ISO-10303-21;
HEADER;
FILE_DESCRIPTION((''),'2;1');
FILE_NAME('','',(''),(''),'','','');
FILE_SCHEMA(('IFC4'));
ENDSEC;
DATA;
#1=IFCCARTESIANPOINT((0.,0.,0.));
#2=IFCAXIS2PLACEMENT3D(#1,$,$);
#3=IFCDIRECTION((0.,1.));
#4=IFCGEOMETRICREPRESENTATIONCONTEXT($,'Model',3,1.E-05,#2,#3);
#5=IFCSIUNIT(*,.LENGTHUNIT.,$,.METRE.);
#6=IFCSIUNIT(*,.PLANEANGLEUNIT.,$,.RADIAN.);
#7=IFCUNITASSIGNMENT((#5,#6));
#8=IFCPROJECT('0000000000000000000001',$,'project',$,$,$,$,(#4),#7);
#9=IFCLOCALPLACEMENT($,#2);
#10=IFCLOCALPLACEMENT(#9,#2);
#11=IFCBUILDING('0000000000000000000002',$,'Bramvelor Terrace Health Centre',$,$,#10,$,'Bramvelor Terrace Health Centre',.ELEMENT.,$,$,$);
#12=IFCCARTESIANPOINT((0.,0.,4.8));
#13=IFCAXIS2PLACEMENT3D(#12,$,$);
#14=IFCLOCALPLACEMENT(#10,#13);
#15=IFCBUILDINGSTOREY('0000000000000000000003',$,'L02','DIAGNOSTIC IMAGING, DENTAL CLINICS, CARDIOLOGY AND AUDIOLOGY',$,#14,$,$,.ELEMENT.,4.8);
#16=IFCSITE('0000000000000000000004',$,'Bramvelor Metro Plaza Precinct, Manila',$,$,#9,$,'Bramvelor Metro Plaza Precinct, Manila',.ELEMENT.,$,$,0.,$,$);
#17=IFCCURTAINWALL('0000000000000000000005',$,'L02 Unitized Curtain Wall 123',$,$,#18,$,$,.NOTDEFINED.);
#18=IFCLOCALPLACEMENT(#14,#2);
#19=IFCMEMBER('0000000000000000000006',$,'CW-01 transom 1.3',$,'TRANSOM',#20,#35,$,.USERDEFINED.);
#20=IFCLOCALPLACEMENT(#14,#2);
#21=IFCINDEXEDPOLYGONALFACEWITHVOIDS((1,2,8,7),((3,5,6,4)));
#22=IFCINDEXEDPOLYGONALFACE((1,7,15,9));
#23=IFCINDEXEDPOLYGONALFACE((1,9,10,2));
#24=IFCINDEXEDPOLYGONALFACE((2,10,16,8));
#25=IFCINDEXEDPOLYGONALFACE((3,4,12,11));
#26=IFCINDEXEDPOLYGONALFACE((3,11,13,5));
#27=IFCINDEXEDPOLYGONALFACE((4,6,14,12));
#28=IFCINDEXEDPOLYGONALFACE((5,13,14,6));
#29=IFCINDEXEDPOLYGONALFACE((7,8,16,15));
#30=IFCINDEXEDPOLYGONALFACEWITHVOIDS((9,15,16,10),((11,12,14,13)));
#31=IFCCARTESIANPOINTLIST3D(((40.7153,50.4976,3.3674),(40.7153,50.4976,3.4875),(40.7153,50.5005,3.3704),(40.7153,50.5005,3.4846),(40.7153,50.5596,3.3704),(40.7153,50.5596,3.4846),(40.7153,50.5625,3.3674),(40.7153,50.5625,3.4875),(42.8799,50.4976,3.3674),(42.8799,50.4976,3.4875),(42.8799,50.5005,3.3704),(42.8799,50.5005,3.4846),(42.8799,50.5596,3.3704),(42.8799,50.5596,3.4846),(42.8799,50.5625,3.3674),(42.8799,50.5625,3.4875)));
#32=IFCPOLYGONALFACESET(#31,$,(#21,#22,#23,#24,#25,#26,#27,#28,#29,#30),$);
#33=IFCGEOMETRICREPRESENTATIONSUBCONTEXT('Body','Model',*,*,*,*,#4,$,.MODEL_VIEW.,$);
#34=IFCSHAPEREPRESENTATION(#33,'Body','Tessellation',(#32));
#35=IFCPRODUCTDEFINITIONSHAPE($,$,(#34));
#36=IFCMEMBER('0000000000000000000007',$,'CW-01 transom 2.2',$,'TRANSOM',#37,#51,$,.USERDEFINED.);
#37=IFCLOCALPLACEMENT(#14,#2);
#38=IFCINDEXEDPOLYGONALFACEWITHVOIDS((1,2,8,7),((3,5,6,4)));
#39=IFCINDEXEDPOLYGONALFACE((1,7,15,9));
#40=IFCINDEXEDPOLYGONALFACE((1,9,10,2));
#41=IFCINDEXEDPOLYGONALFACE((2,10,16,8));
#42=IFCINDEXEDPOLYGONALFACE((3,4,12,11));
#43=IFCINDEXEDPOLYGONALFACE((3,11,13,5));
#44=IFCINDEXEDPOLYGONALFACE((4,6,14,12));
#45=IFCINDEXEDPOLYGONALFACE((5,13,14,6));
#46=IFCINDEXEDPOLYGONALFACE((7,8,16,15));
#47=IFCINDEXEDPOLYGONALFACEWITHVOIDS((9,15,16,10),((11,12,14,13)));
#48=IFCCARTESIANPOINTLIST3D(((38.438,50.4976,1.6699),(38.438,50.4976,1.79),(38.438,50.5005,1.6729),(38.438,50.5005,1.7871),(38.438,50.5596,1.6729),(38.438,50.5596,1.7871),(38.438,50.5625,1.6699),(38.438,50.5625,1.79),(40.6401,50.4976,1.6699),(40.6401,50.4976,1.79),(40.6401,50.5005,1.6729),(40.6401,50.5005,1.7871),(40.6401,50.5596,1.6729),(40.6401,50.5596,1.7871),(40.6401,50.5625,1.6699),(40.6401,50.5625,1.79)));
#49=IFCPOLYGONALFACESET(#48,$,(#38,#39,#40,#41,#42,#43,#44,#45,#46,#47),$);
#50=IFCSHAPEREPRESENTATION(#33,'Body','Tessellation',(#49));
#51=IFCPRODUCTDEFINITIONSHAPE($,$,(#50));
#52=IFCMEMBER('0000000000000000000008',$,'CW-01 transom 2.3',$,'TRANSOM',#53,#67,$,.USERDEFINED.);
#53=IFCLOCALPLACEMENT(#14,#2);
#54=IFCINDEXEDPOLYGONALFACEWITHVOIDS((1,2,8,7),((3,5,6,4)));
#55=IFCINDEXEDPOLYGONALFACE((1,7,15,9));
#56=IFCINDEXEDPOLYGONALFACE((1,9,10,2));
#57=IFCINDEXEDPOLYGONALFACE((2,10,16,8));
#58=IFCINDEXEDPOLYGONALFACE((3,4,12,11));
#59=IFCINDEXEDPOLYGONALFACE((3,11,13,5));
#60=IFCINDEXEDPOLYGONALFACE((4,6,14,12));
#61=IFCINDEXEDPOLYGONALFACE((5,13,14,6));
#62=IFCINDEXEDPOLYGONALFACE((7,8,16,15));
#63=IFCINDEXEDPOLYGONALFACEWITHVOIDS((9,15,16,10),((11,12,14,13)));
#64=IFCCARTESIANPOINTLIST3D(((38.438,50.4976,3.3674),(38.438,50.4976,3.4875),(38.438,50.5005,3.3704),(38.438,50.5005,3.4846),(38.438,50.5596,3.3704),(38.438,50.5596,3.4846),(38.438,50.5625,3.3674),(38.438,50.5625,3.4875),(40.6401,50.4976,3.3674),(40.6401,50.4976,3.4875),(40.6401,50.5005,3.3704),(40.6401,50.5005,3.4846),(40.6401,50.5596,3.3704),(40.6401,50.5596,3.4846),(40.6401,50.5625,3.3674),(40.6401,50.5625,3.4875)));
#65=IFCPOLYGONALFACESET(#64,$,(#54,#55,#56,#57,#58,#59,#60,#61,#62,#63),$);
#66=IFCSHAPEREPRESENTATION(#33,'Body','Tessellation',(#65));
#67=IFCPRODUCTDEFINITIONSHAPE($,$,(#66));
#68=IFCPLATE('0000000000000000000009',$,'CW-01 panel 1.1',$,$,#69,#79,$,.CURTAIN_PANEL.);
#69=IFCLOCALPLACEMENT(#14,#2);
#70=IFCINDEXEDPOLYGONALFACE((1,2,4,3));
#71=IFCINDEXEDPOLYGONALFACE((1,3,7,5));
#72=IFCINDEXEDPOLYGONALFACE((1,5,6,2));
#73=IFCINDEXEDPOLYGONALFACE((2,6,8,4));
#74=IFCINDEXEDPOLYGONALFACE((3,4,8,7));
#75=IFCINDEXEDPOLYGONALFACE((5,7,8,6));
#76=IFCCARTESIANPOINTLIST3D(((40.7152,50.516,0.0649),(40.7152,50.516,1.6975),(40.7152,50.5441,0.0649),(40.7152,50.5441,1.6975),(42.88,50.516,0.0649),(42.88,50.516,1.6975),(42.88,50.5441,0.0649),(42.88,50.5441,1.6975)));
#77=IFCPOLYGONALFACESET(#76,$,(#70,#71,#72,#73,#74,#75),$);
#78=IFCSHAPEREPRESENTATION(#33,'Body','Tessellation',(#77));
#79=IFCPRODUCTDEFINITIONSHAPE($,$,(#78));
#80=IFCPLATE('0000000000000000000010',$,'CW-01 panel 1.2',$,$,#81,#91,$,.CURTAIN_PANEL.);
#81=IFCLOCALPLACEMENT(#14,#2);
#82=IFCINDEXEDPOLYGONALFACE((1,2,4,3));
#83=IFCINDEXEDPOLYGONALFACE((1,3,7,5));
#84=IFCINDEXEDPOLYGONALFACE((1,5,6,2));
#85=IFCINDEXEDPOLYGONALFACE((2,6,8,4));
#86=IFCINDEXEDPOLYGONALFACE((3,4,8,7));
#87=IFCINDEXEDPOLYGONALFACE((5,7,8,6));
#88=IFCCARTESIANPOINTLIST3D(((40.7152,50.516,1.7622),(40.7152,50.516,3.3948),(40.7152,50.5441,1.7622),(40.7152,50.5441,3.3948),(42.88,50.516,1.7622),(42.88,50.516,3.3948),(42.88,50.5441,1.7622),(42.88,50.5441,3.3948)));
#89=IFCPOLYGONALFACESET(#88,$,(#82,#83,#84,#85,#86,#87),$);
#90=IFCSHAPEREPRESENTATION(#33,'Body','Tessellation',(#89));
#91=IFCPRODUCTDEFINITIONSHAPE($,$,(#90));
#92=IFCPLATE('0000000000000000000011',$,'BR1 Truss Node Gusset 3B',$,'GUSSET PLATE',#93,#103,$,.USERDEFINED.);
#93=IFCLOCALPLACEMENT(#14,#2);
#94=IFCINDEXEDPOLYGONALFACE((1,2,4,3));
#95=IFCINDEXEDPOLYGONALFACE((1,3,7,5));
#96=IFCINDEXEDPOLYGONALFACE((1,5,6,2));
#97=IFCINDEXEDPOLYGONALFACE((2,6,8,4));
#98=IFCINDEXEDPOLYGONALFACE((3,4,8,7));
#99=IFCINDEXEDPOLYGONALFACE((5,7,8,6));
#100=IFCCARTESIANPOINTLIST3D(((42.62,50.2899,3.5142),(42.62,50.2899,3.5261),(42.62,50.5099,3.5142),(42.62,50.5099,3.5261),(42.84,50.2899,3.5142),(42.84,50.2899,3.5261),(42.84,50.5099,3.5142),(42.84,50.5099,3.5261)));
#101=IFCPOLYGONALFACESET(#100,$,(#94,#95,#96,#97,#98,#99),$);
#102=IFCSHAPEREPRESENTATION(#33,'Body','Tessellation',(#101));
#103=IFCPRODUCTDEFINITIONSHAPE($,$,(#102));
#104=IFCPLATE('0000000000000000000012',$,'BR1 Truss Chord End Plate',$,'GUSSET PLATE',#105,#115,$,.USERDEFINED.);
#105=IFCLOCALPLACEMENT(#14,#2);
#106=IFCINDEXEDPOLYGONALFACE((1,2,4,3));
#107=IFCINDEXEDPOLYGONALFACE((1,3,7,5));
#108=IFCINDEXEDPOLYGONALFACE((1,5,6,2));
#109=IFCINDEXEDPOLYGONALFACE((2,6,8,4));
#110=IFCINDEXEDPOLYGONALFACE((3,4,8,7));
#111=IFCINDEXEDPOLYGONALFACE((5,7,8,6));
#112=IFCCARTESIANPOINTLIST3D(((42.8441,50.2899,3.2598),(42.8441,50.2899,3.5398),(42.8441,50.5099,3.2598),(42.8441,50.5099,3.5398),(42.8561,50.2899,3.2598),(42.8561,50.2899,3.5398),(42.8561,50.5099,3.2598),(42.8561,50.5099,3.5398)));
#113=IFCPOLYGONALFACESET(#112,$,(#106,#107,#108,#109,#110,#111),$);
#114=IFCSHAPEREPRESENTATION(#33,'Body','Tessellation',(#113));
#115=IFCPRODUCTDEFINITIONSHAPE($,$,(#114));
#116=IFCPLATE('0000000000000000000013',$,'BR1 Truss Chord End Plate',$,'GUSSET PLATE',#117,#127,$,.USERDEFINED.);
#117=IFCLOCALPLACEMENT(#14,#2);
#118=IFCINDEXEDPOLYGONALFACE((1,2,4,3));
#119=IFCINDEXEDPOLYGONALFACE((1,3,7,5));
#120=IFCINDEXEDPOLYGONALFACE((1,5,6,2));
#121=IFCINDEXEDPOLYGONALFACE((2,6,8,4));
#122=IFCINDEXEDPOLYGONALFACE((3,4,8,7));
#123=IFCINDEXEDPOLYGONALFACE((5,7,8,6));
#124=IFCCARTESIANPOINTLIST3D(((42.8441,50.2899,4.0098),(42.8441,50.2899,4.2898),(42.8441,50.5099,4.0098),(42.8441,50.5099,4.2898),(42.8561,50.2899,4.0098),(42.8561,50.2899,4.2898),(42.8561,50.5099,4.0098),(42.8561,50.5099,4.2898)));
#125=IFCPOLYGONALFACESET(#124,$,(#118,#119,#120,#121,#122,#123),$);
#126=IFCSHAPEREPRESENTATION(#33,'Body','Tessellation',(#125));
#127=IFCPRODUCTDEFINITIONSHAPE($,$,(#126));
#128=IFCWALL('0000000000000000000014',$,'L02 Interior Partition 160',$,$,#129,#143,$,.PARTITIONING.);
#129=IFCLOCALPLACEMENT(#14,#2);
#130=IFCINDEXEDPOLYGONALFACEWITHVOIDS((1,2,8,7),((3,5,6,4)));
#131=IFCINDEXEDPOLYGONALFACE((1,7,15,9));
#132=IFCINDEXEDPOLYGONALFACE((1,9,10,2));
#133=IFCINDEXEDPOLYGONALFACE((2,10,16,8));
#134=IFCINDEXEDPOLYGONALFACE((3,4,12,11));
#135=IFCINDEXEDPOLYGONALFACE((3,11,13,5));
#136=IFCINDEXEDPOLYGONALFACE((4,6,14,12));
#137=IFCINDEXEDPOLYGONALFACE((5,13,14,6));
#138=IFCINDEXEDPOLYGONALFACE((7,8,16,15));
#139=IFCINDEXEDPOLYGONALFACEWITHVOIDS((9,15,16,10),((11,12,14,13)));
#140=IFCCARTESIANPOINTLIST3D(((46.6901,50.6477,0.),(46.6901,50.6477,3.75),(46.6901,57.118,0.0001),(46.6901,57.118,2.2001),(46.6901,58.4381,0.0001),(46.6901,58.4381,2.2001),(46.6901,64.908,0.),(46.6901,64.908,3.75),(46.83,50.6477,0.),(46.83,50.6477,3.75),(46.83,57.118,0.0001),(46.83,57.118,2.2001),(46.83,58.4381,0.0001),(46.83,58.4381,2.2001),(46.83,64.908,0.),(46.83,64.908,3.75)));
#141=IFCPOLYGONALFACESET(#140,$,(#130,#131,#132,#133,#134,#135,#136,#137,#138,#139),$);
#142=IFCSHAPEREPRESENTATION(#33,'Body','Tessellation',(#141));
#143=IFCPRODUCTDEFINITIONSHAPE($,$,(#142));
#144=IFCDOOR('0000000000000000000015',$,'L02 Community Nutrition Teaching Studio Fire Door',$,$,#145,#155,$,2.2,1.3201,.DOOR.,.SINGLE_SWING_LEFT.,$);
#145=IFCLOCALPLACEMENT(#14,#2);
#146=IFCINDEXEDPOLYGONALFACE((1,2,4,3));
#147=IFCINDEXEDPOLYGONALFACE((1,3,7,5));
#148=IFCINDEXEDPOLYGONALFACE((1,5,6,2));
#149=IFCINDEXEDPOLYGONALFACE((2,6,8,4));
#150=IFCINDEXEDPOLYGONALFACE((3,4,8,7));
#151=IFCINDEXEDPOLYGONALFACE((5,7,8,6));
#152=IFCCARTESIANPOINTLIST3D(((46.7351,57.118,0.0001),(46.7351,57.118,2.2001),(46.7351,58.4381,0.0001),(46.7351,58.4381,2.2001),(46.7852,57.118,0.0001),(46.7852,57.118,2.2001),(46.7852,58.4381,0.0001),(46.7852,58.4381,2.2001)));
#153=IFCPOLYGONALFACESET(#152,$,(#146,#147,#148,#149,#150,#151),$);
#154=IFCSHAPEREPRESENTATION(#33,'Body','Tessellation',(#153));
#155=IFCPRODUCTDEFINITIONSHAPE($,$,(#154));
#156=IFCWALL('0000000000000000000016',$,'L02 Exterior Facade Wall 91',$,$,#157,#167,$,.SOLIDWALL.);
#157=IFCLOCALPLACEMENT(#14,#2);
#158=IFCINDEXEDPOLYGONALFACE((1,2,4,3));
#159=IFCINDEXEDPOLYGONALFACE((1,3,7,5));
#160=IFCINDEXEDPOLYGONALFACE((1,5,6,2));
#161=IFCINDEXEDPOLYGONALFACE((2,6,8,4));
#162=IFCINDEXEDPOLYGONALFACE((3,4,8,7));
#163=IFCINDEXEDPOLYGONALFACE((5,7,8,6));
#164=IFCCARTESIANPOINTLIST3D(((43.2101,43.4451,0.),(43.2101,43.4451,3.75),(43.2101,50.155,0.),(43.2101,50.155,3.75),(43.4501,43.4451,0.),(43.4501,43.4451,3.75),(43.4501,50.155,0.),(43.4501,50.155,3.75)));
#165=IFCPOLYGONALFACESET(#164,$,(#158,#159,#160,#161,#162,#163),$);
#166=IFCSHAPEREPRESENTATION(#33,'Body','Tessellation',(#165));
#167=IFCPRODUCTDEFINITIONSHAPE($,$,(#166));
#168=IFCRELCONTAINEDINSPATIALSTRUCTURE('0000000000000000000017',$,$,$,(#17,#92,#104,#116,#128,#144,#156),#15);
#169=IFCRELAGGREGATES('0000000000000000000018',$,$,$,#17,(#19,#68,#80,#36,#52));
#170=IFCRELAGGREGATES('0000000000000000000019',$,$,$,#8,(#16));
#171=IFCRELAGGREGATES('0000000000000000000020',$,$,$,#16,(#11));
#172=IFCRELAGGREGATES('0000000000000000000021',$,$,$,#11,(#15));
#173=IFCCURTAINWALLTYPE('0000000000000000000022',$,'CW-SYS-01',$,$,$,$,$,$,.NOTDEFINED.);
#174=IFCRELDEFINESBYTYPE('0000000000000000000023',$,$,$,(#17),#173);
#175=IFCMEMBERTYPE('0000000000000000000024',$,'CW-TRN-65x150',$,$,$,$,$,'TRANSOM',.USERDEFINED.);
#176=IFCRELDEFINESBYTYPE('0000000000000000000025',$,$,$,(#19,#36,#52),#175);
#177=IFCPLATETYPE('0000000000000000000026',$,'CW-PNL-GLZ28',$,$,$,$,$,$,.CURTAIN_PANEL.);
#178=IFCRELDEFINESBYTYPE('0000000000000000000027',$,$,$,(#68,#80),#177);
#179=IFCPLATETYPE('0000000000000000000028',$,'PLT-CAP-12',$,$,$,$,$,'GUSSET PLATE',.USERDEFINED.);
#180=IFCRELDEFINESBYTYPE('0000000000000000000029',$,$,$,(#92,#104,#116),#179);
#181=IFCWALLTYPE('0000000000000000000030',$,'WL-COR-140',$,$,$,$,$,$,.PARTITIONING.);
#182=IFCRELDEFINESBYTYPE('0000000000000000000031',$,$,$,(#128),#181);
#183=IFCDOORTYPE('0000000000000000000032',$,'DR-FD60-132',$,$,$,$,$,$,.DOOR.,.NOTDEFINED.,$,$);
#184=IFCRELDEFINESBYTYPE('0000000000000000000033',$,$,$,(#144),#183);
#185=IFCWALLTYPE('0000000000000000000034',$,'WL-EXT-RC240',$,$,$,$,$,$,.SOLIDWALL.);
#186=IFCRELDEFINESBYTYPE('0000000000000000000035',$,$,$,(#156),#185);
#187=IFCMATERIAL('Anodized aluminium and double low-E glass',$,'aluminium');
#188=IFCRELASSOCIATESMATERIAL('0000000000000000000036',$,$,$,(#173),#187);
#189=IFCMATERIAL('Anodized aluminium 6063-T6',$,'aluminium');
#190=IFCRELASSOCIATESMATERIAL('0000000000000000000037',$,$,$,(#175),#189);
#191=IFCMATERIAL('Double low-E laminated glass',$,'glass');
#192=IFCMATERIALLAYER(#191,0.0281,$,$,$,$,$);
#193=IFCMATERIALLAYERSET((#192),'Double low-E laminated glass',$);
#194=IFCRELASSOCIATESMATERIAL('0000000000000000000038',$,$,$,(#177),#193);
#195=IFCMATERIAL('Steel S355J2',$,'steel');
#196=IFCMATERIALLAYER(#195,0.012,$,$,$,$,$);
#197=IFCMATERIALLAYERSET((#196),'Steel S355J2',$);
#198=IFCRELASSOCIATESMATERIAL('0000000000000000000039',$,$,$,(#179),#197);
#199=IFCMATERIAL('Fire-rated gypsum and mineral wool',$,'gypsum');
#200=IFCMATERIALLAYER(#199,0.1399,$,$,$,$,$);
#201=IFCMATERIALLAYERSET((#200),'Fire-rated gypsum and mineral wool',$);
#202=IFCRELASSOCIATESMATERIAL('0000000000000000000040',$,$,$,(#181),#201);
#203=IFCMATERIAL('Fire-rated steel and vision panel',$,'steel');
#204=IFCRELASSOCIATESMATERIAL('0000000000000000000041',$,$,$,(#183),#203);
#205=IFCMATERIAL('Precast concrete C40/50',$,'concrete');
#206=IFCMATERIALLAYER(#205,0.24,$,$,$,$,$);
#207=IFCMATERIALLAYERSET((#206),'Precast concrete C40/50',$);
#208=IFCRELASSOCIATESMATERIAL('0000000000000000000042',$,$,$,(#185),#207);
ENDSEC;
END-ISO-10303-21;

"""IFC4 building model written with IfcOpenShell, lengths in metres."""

from ifc_helpers import new_model, si_unit, direction, frame, frame_2d, origin, origin_2d, place, context, subcontext, project, spatial, rectangle, hollow_rectangle, extrude, material, layer, layer_set, material_profile, profile_set, type_object, element, fill, aggregate, save


model = new_model("IFC4")

# Units and contexts
model_context = context("Model", 3, precision=1e-05, world=origin(), true_north=direction((0.0, 1.0)))
body_context = subcontext(model_context, "Body", "Model", "MODEL_VIEW")
ifc_project = project(units=[si_unit("LENGTHUNIT", "METRE"), si_unit("PLANEANGLEUNIT", "RADIAN")], contexts=[model_context])

# Site, building, storey
site_placement = place(None, origin())
site = spatial("IfcSite", under=ifc_project, at=site_placement, Name="Bramvelor Metro Plaza Precinct, Manila", LongName="Bramvelor Metro Plaza Precinct, Manila", CompositionType="ELEMENT", RefElevation=0.0)
building_placement = place(site_placement, origin())
building = spatial("IfcBuilding", under=site, at=building_placement, Name="Bramvelor Terrace Health Centre", LongName="Bramvelor Terrace Health Centre", CompositionType="ELEMENT")
storey_placement = place(building_placement, frame((0.0, 0.0, 4.8)))
storey = spatial("IfcBuildingStorey", under=building, at=storey_placement, Name="L02", Description="DIAGNOSTIC IMAGING, DENTAL CLINICS, CARDIOLOGY AND AUDIOLOGY", CompositionType="ELEMENT", Elevation=4.8)

# Curtain wall, members, plates
ifc_material_1 = material(Name="Anodized aluminium and double low-E glass", Category="aluminium")
curtain_wall_type = type_object("IfcCurtainWallType", Name="CW-SYS-01", PredefinedType="NOTDEFINED", material=ifc_material_1)
curtain_wall_placement = place(storey_placement, origin())
curtain_wall = element("IfcCurtainWall", 1, at=curtain_wall_placement, inside=storey, type_object=curtain_wall_type, Name="L02 Unitized Curtain Wall 123", PredefinedType="NOTDEFINED")
ifc_material_2 = material(Name="Anodized aluminium 6063-T6", Category="aluminium")
ifc_material_profile_1 = material_profile(ifc_material_2, hollow_rectangle(XDim=0.0649, YDim=0.1201, WallThickness=0.0029, at=origin_2d()), Name="ALU-TRN 65x120x3.0")
ifc_profile_set_1 = profile_set([ifc_material_profile_1], Name="Anodized aluminium 6063-T6")
member_type_1 = type_object("IfcMemberType", Name="CW-TRN-65x150", ElementType="TRANSOM", PredefinedType="USERDEFINED", material=ifc_profile_set_1)
member_1_placement = place(storey_placement, frame((42.8799, 50.53, 3.4275), z_axis=(-1.0, 0.0, 0.0), x_axis=(0.0, -1.0, 0.0)))
member_1 = element("IfcMember", 2, at=member_1_placement, type_object=member_type_1, Name="CW-01 transom 1.3", ObjectType="TRANSOM", PredefinedType="USERDEFINED", context=body_context, shape_type="SweptSolid", body=[
    extrude(hollow_rectangle(XDim=0.0649, YDim=0.1201, WallThickness=0.0029, at=origin_2d()), origin(), (0.0, 0.0, 1.0), 2.1646),
])
member_2_placement = place(storey_placement, frame((40.6401, 50.53, 1.73), z_axis=(-1.0, 0.0, 0.0), x_axis=(0.0, -1.0, 0.0)))
member_2 = element("IfcMember", 3, at=member_2_placement, type_object=member_type_1, Name="CW-01 transom 2.2", ObjectType="TRANSOM", PredefinedType="USERDEFINED", context=body_context, shape_type="SweptSolid", body=[
    extrude(hollow_rectangle(XDim=0.0649, YDim=0.1201, WallThickness=0.0029, at=origin_2d()), origin(), (0.0, 0.0, 1.0), 2.2021),
])
member_3_placement = place(storey_placement, frame((40.6401, 50.53, 3.4275), z_axis=(-1.0, 0.0, 0.0), x_axis=(0.0, -1.0, 0.0)))
member_3 = element("IfcMember", 4, at=member_3_placement, type_object=member_type_1, Name="CW-01 transom 2.3", ObjectType="TRANSOM", PredefinedType="USERDEFINED", context=body_context, shape_type="SweptSolid", body=[
    extrude(hollow_rectangle(XDim=0.0649, YDim=0.1201, WallThickness=0.0029, at=origin_2d()), origin(), (0.0, 0.0, 1.0), 2.2021),
])
ifc_material_3 = material(Name="Double low-E laminated glass", Category="glass")
ifc_layer_1 = layer(ifc_material_3, 0.0281)
ifc_layer_set_1 = layer_set([ifc_layer_1], Name="Double low-E laminated glass")
plate_type_1 = type_object("IfcPlateType", Name="CW-PNL-GLZ28", PredefinedType="CURTAIN_PANEL", material=ifc_layer_set_1)
plate_1_placement = place(storey_placement, frame((41.7976, 50.53, 0.0649), z_axis=(0.0, 0.0, 1.0), x_axis=(-1.0, 0.0, 0.0)))
plate_1 = element("IfcPlate", 5, at=plate_1_placement, type_object=plate_type_1, Name="CW-01 panel 1.1", PredefinedType="CURTAIN_PANEL", context=body_context, shape_type="SweptSolid", body=[
    extrude(rectangle(XDim=2.1648, YDim=0.0281, at=origin_2d()), origin(), (0.0, 0.0, 1.0), 1.6326),
])
plate_2_placement = place(storey_placement, frame((41.7976, 50.53, 1.7622), z_axis=(0.0, 0.0, 1.0), x_axis=(-1.0, 0.0, 0.0)))
plate_2 = element("IfcPlate", 6, at=plate_2_placement, type_object=plate_type_1, Name="CW-01 panel 1.2", PredefinedType="CURTAIN_PANEL", context=body_context, shape_type="SweptSolid", body=[
    extrude(rectangle(XDim=2.1648, YDim=0.0281, at=origin_2d()), origin(), (0.0, 0.0, 1.0), 1.6326),
])
aggregate(curtain_wall, [member_1, plate_1, plate_2, member_2, member_3])

# Plates
ifc_material_4 = material(Name="Steel S355J2", Category="steel")
ifc_layer_2 = layer(ifc_material_4, 0.012)
ifc_layer_set_2 = layer_set([ifc_layer_2], Name="Steel S355J2")
plate_type_2 = type_object("IfcPlateType", Name="PLT-CAP-12", ElementType="GUSSET PLATE", PredefinedType="USERDEFINED", material=ifc_layer_set_2)
plate_3_placement = place(storey_placement, frame((42.73, 50.3999, 3.5142), z_axis=(0.0, 0.0, 1.0), x_axis=(1.0, 0.0, 0.0)))
element("IfcPlate", 7, at=plate_3_placement, inside=storey, type_object=plate_type_2, Name="BR1 Truss Node Gusset 3B", ObjectType="GUSSET PLATE", PredefinedType="USERDEFINED", context=body_context, shape_type="SweptSolid", body=[
    extrude(rectangle(XDim=0.22, YDim=0.22, at=origin_2d()), origin(), (0.0, 0.0, 1.0), 0.012),
])
for number, where, z_axis, x_axis, name in (
    (8, (42.8501, 50.3999, 3.2598), (0.0, 0.0, 1.0), (1.0, 0.0, 0.0), "BR1 Truss Chord End Plate"),
    (9, (42.8501, 50.3999, 4.0098), (0.0, 0.0, 1.0), (1.0, 0.0, 0.0), "BR1 Truss Chord End Plate"),
):
    element("IfcPlate", number, at=place(storey_placement, frame(where, z_axis=z_axis, x_axis=x_axis)), inside=storey, type_object=plate_type_2, Name=name, ObjectType="GUSSET PLATE", PredefinedType="USERDEFINED", context=body_context, shape_type="SweptSolid", body=[
        extrude(rectangle(XDim=0.012, YDim=0.22, at=origin_2d()), origin(), (0.0, 0.0, 1.0), 0.28),
    ])

# Wall, opening, door
ifc_material_5 = material(Name="Fire-rated gypsum and mineral wool", Category="gypsum")
ifc_layer_3 = layer(ifc_material_5, 0.1399)
ifc_layer_set_3 = layer_set([ifc_layer_3], Name="Fire-rated gypsum and mineral wool")
wall_type_1 = type_object("IfcWallType", Name="WL-COR-140", PredefinedType="PARTITIONING", material=ifc_layer_set_3)
wall_1_placement = place(storey_placement, frame((46.76, 50.6477, 0.0), z_axis=(0.0, 0.0, 1.0), x_axis=(0.0, 1.0, 0.0)))
wall_1 = element("IfcWall", 10, at=wall_1_placement, inside=storey, type_object=wall_type_1, Name="L02 Interior Partition 160", PredefinedType="PARTITIONING", context=body_context, shape_type="SweptSolid", body=[
    extrude(rectangle(XDim=14.2603, YDim=0.1399, at=frame_2d((7.1301, 0.0))), origin(), (0.0, 0.0, 1.0), 3.75),
])
opening_placement = place(wall_1_placement, frame((6.4702, 0.0, 0.0)))
opening = element("IfcOpeningElement", 11, at=opening_placement, cuts=wall_1, PredefinedType="OPENING", context=body_context, shape_type="SweptSolid", body=[
    extrude(rectangle(XDim=1.3201, YDim=2.2, at=frame_2d((0.6602, 1.1001))), frame((0.0, 0.0798, 0.0), z_axis=(0.0, -1.0, 0.0), x_axis=(1.0, 0.0, 0.0)), (0.0, 0.0, 1.0), 0.1599),
])
ifc_material_6 = material(Name="Fire-rated steel and vision panel", Category="steel")
door_type = type_object("IfcDoorType", Name="DR-FD60-132", OperationType="NOTDEFINED", PredefinedType="DOOR", material=ifc_material_6)
door_placement = place(opening_placement, origin())
door = element("IfcDoor", 12, at=door_placement, inside=storey, type_object=door_type, Name="L02 Community Nutrition Teaching Studio Fire Door", OperationType="SINGLE_SWING_LEFT", OverallHeight=2.2, OverallWidth=1.3201, PredefinedType="DOOR", context=body_context, shape_type="SweptSolid", body=[
    extrude(rectangle(XDim=1.3201, YDim=2.2, at=frame_2d((0.6602, 1.1001))), frame((0.0, 0.0249, 0.0), z_axis=(0.0, -1.0, 0.0), x_axis=(1.0, 0.0, 0.0)), (0.0, 0.0, 1.0), 0.05),
])
fill(opening, door)

# Wall
ifc_material_7 = material(Name="Precast concrete C40/50", Category="concrete")
ifc_layer_4 = layer(ifc_material_7, 0.24)
ifc_layer_set_4 = layer_set([ifc_layer_4], Name="Precast concrete C40/50")
wall_type_2 = type_object("IfcWallType", Name="WL-EXT-RC240", PredefinedType="SOLIDWALL", material=ifc_layer_set_4)
wall_2_placement = place(storey_placement, frame((43.3301, 43.4451, 0.0), z_axis=(0.0, 0.0, 1.0), x_axis=(0.0, 1.0, 0.0)))
element("IfcWall", 13, at=wall_2_placement, inside=storey, type_object=wall_type_2, Name="L02 Exterior Facade Wall 91", PredefinedType="SOLIDWALL", context=body_context, shape_type="SweptSolid", body=[
    extrude(rectangle(XDim=6.71, YDim=0.24, at=frame_2d((3.355, 0.0))), origin(), (0.0, 0.0, 1.0), 3.75),
])

save(model, "model.ifc")
